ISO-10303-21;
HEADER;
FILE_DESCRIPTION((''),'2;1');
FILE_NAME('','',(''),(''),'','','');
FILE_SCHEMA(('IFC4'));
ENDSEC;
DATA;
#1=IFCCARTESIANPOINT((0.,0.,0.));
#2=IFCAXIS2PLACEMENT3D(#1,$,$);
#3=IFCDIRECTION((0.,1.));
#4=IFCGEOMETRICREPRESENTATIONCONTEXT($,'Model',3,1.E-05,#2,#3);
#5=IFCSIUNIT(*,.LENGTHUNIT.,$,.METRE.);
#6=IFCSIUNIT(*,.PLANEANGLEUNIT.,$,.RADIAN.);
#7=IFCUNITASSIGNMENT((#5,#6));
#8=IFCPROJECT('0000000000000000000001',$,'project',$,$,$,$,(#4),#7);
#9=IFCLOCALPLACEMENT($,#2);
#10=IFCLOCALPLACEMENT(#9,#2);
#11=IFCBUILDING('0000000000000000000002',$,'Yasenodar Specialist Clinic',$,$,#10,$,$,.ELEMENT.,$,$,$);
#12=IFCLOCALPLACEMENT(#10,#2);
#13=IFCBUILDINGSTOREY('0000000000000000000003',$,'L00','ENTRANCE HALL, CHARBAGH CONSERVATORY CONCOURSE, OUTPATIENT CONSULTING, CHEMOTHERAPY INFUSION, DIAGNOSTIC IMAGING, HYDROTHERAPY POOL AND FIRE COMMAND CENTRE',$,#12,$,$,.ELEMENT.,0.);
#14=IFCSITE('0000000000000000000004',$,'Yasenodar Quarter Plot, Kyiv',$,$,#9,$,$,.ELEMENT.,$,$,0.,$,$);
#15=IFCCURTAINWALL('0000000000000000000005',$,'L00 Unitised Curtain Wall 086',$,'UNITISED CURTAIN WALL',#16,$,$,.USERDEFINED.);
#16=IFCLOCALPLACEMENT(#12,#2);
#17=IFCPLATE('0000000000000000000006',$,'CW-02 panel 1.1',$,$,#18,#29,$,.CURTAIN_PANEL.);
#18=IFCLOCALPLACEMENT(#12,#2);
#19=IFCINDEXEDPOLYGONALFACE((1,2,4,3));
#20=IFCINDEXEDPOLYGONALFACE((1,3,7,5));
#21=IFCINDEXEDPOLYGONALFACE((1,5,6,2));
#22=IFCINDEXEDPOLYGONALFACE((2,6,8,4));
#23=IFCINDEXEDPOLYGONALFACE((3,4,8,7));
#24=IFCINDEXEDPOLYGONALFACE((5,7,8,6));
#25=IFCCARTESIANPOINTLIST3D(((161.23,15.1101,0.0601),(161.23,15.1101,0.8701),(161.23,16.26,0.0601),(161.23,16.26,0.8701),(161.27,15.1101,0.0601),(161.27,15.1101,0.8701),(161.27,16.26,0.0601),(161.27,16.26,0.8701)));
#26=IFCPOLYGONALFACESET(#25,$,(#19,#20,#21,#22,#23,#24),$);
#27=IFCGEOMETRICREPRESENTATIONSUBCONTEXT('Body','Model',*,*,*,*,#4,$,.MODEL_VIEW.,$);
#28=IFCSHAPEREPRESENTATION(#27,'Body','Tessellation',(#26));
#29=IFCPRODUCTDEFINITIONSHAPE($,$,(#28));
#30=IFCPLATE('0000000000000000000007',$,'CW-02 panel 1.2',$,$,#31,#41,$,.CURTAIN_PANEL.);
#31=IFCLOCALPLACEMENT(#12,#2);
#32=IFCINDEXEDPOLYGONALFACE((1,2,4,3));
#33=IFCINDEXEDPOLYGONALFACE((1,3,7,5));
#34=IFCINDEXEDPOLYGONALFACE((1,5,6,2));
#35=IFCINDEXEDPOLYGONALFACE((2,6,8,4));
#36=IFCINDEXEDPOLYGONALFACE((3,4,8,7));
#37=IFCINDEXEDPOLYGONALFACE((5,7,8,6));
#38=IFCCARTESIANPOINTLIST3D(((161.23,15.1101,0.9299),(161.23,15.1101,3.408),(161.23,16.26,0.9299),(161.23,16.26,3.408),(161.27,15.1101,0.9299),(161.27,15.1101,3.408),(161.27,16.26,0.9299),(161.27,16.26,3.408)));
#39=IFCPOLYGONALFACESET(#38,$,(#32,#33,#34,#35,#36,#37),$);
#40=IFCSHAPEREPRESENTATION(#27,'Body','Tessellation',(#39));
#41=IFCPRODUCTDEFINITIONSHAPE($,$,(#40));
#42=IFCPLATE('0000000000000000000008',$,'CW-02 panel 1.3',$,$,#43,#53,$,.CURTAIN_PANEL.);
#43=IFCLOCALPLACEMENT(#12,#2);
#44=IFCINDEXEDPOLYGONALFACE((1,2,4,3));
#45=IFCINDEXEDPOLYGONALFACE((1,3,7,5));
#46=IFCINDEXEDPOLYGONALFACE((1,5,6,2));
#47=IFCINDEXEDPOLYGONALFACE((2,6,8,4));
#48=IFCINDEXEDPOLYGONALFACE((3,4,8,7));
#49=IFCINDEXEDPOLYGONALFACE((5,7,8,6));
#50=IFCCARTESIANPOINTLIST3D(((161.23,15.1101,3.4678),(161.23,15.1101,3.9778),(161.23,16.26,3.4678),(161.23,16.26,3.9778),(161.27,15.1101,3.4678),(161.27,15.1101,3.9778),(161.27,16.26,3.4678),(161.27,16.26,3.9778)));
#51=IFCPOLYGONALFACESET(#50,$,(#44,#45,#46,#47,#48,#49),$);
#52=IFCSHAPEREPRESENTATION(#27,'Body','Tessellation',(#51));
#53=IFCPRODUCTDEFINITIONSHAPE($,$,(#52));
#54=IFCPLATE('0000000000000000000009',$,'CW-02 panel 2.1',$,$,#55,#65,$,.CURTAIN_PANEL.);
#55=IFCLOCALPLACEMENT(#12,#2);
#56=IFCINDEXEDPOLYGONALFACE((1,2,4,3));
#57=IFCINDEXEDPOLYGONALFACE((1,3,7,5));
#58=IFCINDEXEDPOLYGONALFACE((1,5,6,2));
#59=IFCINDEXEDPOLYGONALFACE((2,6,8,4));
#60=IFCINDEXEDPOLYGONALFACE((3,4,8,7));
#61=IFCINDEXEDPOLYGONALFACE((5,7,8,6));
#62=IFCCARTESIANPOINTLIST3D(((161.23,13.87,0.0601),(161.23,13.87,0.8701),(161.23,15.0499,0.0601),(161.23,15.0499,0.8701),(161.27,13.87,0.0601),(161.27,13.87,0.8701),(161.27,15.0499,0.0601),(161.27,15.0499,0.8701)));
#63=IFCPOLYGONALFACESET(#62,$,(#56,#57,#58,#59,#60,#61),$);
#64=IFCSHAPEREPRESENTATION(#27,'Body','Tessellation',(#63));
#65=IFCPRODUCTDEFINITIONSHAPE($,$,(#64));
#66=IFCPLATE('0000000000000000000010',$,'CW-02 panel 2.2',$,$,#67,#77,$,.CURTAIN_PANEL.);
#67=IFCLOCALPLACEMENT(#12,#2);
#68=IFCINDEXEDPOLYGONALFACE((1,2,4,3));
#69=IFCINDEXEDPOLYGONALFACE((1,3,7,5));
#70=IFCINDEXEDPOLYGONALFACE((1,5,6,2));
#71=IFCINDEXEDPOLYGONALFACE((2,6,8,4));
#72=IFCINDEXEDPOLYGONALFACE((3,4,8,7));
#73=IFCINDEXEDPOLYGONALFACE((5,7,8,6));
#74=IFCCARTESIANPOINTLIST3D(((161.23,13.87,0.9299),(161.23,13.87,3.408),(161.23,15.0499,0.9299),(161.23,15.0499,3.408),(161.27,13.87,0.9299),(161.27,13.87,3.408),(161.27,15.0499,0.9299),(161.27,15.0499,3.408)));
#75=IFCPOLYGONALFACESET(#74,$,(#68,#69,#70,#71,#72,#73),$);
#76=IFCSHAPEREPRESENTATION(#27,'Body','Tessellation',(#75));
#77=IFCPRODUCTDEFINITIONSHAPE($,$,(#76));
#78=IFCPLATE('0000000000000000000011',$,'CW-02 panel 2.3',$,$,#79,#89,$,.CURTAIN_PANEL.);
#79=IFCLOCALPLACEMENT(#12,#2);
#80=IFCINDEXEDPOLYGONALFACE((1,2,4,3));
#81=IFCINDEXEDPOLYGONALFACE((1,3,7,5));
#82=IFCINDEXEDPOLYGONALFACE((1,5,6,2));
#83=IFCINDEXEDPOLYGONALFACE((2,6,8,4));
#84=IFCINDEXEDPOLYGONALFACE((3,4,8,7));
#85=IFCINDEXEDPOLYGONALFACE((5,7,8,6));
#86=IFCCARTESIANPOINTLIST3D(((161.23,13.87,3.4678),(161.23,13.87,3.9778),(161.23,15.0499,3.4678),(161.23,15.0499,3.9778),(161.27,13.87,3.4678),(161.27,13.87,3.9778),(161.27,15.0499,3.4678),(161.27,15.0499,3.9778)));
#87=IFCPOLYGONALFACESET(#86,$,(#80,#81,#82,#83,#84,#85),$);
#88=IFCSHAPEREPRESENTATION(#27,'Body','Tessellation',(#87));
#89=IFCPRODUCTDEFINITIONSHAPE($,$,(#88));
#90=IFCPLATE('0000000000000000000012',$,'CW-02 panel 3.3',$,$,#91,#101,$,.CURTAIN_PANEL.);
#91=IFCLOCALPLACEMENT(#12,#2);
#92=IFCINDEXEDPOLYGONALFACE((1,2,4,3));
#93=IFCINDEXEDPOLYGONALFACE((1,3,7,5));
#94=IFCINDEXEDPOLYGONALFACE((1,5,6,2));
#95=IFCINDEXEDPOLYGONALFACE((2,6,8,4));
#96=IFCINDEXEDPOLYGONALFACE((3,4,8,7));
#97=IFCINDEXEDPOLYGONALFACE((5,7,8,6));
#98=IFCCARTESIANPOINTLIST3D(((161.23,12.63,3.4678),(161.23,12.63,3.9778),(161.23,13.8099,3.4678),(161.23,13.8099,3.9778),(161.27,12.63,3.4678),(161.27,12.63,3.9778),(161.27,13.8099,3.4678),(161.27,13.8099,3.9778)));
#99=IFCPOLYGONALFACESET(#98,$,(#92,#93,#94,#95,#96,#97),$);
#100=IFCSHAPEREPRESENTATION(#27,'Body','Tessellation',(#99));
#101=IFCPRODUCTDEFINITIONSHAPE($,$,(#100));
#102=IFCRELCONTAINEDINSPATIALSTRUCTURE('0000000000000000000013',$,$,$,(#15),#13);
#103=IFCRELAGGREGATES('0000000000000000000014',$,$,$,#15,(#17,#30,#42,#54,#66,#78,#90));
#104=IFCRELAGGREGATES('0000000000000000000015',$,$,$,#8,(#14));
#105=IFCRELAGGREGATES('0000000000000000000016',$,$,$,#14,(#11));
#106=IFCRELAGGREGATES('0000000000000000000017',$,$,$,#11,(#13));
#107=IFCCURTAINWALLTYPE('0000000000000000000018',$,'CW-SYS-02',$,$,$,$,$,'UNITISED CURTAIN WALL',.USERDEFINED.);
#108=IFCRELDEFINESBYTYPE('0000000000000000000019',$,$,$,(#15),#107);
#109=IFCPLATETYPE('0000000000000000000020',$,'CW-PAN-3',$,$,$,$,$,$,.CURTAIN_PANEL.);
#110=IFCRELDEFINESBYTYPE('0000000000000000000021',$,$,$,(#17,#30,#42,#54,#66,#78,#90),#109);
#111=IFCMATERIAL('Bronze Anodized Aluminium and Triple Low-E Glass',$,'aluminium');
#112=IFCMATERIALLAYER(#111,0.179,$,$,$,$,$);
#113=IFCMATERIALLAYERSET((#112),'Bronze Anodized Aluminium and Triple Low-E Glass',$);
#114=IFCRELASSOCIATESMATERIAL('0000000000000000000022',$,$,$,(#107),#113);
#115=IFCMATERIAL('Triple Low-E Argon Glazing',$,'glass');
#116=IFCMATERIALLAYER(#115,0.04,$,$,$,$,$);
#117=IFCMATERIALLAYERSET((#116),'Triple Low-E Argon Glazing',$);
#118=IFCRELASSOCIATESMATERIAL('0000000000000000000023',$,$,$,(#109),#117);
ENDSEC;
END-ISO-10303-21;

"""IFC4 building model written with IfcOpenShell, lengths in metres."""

from ifc_helpers import new_model, si_unit, direction, frame, origin, origin_2d, place, context, subcontext, project, spatial, rectangle, extrude, material, layer, layer_set, type_object, element, aggregate, save


model = new_model("IFC4")

# Units and contexts
model_context = context("Model", 3, precision=1e-05, world=origin(), true_north=direction((0.0, 1.0)))
body_context = subcontext(model_context, "Body", "Model", "MODEL_VIEW")
ifc_project = project(units=[si_unit("LENGTHUNIT", "METRE"), si_unit("PLANEANGLEUNIT", "RADIAN")], contexts=[model_context])

# Site, building, storey
site_placement = place(None, origin())
site = spatial("IfcSite", under=ifc_project, at=site_placement, Name="Yasenodar Quarter Plot, Kyiv", CompositionType="ELEMENT", RefElevation=0.0)
building_placement = place(site_placement, origin())
building = spatial("IfcBuilding", under=site, at=building_placement, Name="Yasenodar Specialist Clinic", CompositionType="ELEMENT")
storey_placement = place(building_placement, origin())
storey = spatial("IfcBuildingStorey", under=building, at=storey_placement, Name="L00", Description="ENTRANCE HALL, CHARBAGH CONSERVATORY CONCOURSE, OUTPATIENT CONSULTING, CHEMOTHERAPY INFUSION, DIAGNOSTIC IMAGING, HYDROTHERAPY POOL AND FIRE COMMAND CENTRE", CompositionType="ELEMENT", Elevation=0.0)

# Curtain wall, plates
ifc_material_1 = material(Name="Bronze Anodized Aluminium and Triple Low-E Glass", Category="aluminium")
ifc_layer_1 = layer(ifc_material_1, 0.179)
ifc_layer_set_1 = layer_set([ifc_layer_1], Name="Bronze Anodized Aluminium and Triple Low-E Glass")
curtain_wall_type = type_object("IfcCurtainWallType", Name="CW-SYS-02", ElementType="UNITISED CURTAIN WALL", PredefinedType="USERDEFINED", material=ifc_layer_set_1)
curtain_wall_placement = place(storey_placement, origin())
curtain_wall = element("IfcCurtainWall", 1, at=curtain_wall_placement, inside=storey, type_object=curtain_wall_type, Name="L00 Unitised Curtain Wall 086", ObjectType="UNITISED CURTAIN WALL", PredefinedType="USERDEFINED")
ifc_material_2 = material(Name="Triple Low-E Argon Glazing", Category="glass")
ifc_layer_2 = layer(ifc_material_2, 0.04)
ifc_layer_set_2 = layer_set([ifc_layer_2], Name="Triple Low-E Argon Glazing")
plate_type = type_object("IfcPlateType", Name="CW-PAN-3", PredefinedType="CURTAIN_PANEL", material=ifc_layer_set_2)
plate_1_placement = place(storey_placement, frame((161.25, 15.6851, 0.0601), z_axis=(0.0, 0.0, 1.0), x_axis=(0.0, -1.0, 0.0)))
plate_1 = element("IfcPlate", 2, at=plate_1_placement, type_object=plate_type, Name="CW-02 panel 1.1", PredefinedType="CURTAIN_PANEL", context=body_context, shape_type="SweptSolid", body=[
    extrude(rectangle(XDim=1.1499, YDim=0.04, at=origin_2d()), origin(), (0.0, 0.0, 1.0), 0.8101),
])
plate_2_placement = place(storey_placement, frame((161.25, 15.6851, 0.9299), z_axis=(0.0, 0.0, 1.0), x_axis=(0.0, -1.0, 0.0)))
plate_2 = element("IfcPlate", 3, at=plate_2_placement, type_object=plate_type, Name="CW-02 panel 1.2", PredefinedType="CURTAIN_PANEL", context=body_context, shape_type="SweptSolid", body=[
    extrude(rectangle(XDim=1.1499, YDim=0.04, at=origin_2d()), origin(), (0.0, 0.0, 1.0), 2.478),
])
plate_3_placement = place(storey_placement, frame((161.25, 15.6851, 3.4678), z_axis=(0.0, 0.0, 1.0), x_axis=(0.0, -1.0, 0.0)))
plate_3 = element("IfcPlate", 4, at=plate_3_placement, type_object=plate_type, Name="CW-02 panel 1.3", PredefinedType="CURTAIN_PANEL", context=body_context, shape_type="SweptSolid", body=[
    extrude(rectangle(XDim=1.1499, YDim=0.04, at=origin_2d()), origin(), (0.0, 0.0, 1.0), 0.51),
])
plate_4_placement = place(storey_placement, frame((161.25, 14.46, 0.0601), z_axis=(0.0, 0.0, 1.0), x_axis=(0.0, -1.0, 0.0)))
plate_4 = element("IfcPlate", 5, at=plate_4_placement, type_object=plate_type, Name="CW-02 panel 2.1", PredefinedType="CURTAIN_PANEL", context=body_context, shape_type="SweptSolid", body=[
    extrude(rectangle(XDim=1.1799, YDim=0.04, at=origin_2d()), origin(), (0.0, 0.0, 1.0), 0.8101),
])
plate_5_placement = place(storey_placement, frame((161.25, 14.46, 0.9299), z_axis=(0.0, 0.0, 1.0), x_axis=(0.0, -1.0, 0.0)))
plate_5 = element("IfcPlate", 6, at=plate_5_placement, type_object=plate_type, Name="CW-02 panel 2.2", PredefinedType="CURTAIN_PANEL", context=body_context, shape_type="SweptSolid", body=[
    extrude(rectangle(XDim=1.1799, YDim=0.04, at=origin_2d()), origin(), (0.0, 0.0, 1.0), 2.478),
])
plate_6_placement = place(storey_placement, frame((161.25, 14.46, 3.4678), z_axis=(0.0, 0.0, 1.0), x_axis=(0.0, -1.0, 0.0)))
plate_6 = element("IfcPlate", 7, at=plate_6_placement, type_object=plate_type, Name="CW-02 panel 2.3", PredefinedType="CURTAIN_PANEL", context=body_context, shape_type="SweptSolid", body=[
    extrude(rectangle(XDim=1.1799, YDim=0.04, at=origin_2d()), origin(), (0.0, 0.0, 1.0), 0.51),
])
plate_7_placement = place(storey_placement, frame((161.25, 13.22, 3.4678), z_axis=(0.0, 0.0, 1.0), x_axis=(0.0, -1.0, 0.0)))
plate_7 = element("IfcPlate", 8, at=plate_7_placement, type_object=plate_type, Name="CW-02 panel 3.3", PredefinedType="CURTAIN_PANEL", context=body_context, shape_type="SweptSolid", body=[
    extrude(rectangle(XDim=1.1799, YDim=0.04, at=origin_2d()), origin(), (0.0, 0.0, 1.0), 0.51),
])
aggregate(curtain_wall, [plate_1, plate_2, plate_3, plate_4, plate_5, plate_6, plate_7])

save(model, "model.ifc")
